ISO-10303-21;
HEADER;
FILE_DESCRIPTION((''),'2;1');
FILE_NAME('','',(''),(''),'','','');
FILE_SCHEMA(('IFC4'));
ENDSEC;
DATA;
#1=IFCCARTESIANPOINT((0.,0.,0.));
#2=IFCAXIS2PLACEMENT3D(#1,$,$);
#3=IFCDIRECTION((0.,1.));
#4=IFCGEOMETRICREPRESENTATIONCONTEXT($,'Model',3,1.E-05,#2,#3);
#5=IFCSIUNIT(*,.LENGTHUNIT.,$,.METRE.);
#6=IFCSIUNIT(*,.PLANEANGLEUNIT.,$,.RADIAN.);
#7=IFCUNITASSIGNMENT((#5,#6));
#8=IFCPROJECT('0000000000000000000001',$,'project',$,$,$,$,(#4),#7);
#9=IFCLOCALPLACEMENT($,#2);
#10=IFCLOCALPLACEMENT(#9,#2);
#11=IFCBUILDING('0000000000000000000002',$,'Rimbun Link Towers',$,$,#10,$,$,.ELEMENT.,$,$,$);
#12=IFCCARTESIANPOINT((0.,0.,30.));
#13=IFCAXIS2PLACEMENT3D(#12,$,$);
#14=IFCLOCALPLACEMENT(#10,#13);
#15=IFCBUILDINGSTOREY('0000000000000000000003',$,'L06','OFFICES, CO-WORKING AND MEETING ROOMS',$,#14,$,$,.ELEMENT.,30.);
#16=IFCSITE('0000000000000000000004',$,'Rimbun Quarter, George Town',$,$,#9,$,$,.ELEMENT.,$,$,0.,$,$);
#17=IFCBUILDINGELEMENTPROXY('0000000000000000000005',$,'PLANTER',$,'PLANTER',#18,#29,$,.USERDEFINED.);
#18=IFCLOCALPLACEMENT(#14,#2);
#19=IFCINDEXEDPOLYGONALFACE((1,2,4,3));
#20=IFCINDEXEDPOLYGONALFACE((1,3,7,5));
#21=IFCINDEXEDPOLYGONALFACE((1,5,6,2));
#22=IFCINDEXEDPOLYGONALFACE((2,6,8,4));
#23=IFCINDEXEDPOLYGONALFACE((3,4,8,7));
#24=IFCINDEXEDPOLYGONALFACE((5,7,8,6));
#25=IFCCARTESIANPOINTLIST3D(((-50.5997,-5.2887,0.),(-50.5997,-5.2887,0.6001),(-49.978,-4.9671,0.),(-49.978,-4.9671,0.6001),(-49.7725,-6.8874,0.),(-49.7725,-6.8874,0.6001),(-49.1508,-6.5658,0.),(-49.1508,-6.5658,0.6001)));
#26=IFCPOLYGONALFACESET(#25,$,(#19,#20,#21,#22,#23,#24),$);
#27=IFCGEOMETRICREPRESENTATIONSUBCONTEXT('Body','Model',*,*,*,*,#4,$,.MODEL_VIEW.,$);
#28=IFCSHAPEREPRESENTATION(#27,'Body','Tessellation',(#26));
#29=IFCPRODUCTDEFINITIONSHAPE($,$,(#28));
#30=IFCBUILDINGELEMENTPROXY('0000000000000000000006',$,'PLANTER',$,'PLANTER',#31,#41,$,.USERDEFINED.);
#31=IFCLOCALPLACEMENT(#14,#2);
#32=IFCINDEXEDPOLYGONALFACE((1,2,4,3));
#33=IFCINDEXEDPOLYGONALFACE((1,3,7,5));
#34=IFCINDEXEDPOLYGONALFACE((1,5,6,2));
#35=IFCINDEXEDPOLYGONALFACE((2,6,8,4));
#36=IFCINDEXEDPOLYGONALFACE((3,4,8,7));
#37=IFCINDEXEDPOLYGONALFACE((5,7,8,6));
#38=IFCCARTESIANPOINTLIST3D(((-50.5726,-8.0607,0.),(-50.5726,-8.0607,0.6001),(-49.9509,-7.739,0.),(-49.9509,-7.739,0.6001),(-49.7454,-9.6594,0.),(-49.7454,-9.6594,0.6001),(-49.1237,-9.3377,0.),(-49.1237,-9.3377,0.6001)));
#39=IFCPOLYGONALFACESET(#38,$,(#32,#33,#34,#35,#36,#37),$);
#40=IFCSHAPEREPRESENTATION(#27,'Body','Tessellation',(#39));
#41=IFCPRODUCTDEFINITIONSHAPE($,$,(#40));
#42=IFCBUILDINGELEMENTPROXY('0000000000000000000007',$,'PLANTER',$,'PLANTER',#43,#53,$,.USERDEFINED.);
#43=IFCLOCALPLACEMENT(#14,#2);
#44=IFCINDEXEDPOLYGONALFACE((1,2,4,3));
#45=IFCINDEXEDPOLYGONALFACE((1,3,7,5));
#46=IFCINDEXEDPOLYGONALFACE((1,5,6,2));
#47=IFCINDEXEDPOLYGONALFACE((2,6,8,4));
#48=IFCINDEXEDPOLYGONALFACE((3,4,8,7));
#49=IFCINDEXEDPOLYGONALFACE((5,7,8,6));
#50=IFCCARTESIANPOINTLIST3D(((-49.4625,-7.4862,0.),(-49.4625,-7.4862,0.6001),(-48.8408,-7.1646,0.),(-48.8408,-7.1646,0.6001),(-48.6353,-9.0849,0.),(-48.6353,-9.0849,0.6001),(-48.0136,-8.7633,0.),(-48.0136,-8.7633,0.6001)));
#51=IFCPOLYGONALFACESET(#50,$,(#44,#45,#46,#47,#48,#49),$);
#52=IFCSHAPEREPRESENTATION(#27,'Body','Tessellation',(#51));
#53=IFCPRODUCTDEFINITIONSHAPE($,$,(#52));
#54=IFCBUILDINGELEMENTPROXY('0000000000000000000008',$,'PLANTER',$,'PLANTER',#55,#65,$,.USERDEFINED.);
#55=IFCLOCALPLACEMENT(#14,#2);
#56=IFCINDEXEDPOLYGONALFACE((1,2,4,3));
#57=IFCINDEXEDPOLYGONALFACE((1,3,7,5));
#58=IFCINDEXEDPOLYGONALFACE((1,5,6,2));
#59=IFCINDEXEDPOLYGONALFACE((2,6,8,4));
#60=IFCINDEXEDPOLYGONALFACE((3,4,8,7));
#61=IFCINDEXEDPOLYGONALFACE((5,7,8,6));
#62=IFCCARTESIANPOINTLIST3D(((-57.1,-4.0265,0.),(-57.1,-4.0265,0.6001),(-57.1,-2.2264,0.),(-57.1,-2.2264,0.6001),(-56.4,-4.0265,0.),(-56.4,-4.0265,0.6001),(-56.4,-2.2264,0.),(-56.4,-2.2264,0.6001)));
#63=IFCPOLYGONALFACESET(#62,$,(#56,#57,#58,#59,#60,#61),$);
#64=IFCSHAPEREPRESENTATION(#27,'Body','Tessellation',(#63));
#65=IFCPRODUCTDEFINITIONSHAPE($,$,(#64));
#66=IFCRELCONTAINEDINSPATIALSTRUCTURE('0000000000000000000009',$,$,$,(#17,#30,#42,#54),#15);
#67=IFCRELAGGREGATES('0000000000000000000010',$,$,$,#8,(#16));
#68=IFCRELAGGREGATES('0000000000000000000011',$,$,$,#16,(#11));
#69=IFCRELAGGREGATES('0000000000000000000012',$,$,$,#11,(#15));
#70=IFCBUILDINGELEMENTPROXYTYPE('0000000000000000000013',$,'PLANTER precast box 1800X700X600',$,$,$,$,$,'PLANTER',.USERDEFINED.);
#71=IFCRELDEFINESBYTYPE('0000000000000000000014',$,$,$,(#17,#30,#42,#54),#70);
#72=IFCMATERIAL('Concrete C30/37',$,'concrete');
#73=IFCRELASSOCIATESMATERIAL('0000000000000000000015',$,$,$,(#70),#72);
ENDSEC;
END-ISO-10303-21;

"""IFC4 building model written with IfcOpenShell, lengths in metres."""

from ifc_helpers import new_model, si_unit, direction, frame, origin, origin_2d, place, context, subcontext, project, spatial, rectangle, extrude, material, type_object, element, save


model = new_model("IFC4")

# Units and contexts
model_context = context("Model", 3, precision=1e-05, world=origin(), true_north=direction((0.0, 1.0)))
body_context = subcontext(model_context, "Body", "Model", "MODEL_VIEW")
ifc_project = project(units=[si_unit("LENGTHUNIT", "METRE"), si_unit("PLANEANGLEUNIT", "RADIAN")], contexts=[model_context])

# Site, building, storey
site_placement = place(None, origin())
site = spatial("IfcSite", under=ifc_project, at=site_placement, Name="Rimbun Quarter, George Town", CompositionType="ELEMENT", RefElevation=0.0)
building_placement = place(site_placement, origin())
building = spatial("IfcBuilding", under=site, at=building_placement, Name="Rimbun Link Towers", CompositionType="ELEMENT")
storey_placement = place(building_placement, frame((0.0, 0.0, 30.0)))
storey = spatial("IfcBuildingStorey", under=building, at=storey_placement, Name="L06", Description="OFFICES, CO-WORKING AND MEETING ROOMS", CompositionType="ELEMENT", Elevation=30.0)

# Building element proxies
ifc_material_1 = material(Name="Concrete C30/37", Category="concrete")
building_element_proxy_type = type_object("IfcBuildingElementProxyType", Name="PLANTER precast box 1800X700X600", ElementType="PLANTER", PredefinedType="USERDEFINED", material=ifc_material_1)
for number, where, z_axis, x_axis, name in (
    (1, (-49.8752, -5.9272, 0.0), (0.0, 0.0, 1.0), (0.459548, -0.888153, 0.0), "PLANTER"),
    (2, (-49.8481, -8.6992, 0.0), (0.0, 0.0, 1.0), (0.459548, -0.888153, 0.0), "PLANTER"),
    (3, (-48.738, -8.1248, 0.0), (0.0, 0.0, 1.0), (0.459548, -0.888153, 0.0), "PLANTER"),
    (4, (-56.75, -3.1265, 0.0), (0.0, 0.0, 1.0), (0.0, -1.0, 0.0), "PLANTER"),
):
    element("IfcBuildingElementProxy", number, at=place(storey_placement, frame(where, z_axis=z_axis, x_axis=x_axis)), inside=storey, type_object=building_element_proxy_type, Name=name, ObjectType="PLANTER", PredefinedType="USERDEFINED", context=body_context, shape_type="SweptSolid", body=[
        extrude(rectangle(XDim=1.8, YDim=0.7, at=origin_2d()), origin(), (0.0, 0.0, 1.0), 0.6001),
    ])

save(model, "model.ifc")
